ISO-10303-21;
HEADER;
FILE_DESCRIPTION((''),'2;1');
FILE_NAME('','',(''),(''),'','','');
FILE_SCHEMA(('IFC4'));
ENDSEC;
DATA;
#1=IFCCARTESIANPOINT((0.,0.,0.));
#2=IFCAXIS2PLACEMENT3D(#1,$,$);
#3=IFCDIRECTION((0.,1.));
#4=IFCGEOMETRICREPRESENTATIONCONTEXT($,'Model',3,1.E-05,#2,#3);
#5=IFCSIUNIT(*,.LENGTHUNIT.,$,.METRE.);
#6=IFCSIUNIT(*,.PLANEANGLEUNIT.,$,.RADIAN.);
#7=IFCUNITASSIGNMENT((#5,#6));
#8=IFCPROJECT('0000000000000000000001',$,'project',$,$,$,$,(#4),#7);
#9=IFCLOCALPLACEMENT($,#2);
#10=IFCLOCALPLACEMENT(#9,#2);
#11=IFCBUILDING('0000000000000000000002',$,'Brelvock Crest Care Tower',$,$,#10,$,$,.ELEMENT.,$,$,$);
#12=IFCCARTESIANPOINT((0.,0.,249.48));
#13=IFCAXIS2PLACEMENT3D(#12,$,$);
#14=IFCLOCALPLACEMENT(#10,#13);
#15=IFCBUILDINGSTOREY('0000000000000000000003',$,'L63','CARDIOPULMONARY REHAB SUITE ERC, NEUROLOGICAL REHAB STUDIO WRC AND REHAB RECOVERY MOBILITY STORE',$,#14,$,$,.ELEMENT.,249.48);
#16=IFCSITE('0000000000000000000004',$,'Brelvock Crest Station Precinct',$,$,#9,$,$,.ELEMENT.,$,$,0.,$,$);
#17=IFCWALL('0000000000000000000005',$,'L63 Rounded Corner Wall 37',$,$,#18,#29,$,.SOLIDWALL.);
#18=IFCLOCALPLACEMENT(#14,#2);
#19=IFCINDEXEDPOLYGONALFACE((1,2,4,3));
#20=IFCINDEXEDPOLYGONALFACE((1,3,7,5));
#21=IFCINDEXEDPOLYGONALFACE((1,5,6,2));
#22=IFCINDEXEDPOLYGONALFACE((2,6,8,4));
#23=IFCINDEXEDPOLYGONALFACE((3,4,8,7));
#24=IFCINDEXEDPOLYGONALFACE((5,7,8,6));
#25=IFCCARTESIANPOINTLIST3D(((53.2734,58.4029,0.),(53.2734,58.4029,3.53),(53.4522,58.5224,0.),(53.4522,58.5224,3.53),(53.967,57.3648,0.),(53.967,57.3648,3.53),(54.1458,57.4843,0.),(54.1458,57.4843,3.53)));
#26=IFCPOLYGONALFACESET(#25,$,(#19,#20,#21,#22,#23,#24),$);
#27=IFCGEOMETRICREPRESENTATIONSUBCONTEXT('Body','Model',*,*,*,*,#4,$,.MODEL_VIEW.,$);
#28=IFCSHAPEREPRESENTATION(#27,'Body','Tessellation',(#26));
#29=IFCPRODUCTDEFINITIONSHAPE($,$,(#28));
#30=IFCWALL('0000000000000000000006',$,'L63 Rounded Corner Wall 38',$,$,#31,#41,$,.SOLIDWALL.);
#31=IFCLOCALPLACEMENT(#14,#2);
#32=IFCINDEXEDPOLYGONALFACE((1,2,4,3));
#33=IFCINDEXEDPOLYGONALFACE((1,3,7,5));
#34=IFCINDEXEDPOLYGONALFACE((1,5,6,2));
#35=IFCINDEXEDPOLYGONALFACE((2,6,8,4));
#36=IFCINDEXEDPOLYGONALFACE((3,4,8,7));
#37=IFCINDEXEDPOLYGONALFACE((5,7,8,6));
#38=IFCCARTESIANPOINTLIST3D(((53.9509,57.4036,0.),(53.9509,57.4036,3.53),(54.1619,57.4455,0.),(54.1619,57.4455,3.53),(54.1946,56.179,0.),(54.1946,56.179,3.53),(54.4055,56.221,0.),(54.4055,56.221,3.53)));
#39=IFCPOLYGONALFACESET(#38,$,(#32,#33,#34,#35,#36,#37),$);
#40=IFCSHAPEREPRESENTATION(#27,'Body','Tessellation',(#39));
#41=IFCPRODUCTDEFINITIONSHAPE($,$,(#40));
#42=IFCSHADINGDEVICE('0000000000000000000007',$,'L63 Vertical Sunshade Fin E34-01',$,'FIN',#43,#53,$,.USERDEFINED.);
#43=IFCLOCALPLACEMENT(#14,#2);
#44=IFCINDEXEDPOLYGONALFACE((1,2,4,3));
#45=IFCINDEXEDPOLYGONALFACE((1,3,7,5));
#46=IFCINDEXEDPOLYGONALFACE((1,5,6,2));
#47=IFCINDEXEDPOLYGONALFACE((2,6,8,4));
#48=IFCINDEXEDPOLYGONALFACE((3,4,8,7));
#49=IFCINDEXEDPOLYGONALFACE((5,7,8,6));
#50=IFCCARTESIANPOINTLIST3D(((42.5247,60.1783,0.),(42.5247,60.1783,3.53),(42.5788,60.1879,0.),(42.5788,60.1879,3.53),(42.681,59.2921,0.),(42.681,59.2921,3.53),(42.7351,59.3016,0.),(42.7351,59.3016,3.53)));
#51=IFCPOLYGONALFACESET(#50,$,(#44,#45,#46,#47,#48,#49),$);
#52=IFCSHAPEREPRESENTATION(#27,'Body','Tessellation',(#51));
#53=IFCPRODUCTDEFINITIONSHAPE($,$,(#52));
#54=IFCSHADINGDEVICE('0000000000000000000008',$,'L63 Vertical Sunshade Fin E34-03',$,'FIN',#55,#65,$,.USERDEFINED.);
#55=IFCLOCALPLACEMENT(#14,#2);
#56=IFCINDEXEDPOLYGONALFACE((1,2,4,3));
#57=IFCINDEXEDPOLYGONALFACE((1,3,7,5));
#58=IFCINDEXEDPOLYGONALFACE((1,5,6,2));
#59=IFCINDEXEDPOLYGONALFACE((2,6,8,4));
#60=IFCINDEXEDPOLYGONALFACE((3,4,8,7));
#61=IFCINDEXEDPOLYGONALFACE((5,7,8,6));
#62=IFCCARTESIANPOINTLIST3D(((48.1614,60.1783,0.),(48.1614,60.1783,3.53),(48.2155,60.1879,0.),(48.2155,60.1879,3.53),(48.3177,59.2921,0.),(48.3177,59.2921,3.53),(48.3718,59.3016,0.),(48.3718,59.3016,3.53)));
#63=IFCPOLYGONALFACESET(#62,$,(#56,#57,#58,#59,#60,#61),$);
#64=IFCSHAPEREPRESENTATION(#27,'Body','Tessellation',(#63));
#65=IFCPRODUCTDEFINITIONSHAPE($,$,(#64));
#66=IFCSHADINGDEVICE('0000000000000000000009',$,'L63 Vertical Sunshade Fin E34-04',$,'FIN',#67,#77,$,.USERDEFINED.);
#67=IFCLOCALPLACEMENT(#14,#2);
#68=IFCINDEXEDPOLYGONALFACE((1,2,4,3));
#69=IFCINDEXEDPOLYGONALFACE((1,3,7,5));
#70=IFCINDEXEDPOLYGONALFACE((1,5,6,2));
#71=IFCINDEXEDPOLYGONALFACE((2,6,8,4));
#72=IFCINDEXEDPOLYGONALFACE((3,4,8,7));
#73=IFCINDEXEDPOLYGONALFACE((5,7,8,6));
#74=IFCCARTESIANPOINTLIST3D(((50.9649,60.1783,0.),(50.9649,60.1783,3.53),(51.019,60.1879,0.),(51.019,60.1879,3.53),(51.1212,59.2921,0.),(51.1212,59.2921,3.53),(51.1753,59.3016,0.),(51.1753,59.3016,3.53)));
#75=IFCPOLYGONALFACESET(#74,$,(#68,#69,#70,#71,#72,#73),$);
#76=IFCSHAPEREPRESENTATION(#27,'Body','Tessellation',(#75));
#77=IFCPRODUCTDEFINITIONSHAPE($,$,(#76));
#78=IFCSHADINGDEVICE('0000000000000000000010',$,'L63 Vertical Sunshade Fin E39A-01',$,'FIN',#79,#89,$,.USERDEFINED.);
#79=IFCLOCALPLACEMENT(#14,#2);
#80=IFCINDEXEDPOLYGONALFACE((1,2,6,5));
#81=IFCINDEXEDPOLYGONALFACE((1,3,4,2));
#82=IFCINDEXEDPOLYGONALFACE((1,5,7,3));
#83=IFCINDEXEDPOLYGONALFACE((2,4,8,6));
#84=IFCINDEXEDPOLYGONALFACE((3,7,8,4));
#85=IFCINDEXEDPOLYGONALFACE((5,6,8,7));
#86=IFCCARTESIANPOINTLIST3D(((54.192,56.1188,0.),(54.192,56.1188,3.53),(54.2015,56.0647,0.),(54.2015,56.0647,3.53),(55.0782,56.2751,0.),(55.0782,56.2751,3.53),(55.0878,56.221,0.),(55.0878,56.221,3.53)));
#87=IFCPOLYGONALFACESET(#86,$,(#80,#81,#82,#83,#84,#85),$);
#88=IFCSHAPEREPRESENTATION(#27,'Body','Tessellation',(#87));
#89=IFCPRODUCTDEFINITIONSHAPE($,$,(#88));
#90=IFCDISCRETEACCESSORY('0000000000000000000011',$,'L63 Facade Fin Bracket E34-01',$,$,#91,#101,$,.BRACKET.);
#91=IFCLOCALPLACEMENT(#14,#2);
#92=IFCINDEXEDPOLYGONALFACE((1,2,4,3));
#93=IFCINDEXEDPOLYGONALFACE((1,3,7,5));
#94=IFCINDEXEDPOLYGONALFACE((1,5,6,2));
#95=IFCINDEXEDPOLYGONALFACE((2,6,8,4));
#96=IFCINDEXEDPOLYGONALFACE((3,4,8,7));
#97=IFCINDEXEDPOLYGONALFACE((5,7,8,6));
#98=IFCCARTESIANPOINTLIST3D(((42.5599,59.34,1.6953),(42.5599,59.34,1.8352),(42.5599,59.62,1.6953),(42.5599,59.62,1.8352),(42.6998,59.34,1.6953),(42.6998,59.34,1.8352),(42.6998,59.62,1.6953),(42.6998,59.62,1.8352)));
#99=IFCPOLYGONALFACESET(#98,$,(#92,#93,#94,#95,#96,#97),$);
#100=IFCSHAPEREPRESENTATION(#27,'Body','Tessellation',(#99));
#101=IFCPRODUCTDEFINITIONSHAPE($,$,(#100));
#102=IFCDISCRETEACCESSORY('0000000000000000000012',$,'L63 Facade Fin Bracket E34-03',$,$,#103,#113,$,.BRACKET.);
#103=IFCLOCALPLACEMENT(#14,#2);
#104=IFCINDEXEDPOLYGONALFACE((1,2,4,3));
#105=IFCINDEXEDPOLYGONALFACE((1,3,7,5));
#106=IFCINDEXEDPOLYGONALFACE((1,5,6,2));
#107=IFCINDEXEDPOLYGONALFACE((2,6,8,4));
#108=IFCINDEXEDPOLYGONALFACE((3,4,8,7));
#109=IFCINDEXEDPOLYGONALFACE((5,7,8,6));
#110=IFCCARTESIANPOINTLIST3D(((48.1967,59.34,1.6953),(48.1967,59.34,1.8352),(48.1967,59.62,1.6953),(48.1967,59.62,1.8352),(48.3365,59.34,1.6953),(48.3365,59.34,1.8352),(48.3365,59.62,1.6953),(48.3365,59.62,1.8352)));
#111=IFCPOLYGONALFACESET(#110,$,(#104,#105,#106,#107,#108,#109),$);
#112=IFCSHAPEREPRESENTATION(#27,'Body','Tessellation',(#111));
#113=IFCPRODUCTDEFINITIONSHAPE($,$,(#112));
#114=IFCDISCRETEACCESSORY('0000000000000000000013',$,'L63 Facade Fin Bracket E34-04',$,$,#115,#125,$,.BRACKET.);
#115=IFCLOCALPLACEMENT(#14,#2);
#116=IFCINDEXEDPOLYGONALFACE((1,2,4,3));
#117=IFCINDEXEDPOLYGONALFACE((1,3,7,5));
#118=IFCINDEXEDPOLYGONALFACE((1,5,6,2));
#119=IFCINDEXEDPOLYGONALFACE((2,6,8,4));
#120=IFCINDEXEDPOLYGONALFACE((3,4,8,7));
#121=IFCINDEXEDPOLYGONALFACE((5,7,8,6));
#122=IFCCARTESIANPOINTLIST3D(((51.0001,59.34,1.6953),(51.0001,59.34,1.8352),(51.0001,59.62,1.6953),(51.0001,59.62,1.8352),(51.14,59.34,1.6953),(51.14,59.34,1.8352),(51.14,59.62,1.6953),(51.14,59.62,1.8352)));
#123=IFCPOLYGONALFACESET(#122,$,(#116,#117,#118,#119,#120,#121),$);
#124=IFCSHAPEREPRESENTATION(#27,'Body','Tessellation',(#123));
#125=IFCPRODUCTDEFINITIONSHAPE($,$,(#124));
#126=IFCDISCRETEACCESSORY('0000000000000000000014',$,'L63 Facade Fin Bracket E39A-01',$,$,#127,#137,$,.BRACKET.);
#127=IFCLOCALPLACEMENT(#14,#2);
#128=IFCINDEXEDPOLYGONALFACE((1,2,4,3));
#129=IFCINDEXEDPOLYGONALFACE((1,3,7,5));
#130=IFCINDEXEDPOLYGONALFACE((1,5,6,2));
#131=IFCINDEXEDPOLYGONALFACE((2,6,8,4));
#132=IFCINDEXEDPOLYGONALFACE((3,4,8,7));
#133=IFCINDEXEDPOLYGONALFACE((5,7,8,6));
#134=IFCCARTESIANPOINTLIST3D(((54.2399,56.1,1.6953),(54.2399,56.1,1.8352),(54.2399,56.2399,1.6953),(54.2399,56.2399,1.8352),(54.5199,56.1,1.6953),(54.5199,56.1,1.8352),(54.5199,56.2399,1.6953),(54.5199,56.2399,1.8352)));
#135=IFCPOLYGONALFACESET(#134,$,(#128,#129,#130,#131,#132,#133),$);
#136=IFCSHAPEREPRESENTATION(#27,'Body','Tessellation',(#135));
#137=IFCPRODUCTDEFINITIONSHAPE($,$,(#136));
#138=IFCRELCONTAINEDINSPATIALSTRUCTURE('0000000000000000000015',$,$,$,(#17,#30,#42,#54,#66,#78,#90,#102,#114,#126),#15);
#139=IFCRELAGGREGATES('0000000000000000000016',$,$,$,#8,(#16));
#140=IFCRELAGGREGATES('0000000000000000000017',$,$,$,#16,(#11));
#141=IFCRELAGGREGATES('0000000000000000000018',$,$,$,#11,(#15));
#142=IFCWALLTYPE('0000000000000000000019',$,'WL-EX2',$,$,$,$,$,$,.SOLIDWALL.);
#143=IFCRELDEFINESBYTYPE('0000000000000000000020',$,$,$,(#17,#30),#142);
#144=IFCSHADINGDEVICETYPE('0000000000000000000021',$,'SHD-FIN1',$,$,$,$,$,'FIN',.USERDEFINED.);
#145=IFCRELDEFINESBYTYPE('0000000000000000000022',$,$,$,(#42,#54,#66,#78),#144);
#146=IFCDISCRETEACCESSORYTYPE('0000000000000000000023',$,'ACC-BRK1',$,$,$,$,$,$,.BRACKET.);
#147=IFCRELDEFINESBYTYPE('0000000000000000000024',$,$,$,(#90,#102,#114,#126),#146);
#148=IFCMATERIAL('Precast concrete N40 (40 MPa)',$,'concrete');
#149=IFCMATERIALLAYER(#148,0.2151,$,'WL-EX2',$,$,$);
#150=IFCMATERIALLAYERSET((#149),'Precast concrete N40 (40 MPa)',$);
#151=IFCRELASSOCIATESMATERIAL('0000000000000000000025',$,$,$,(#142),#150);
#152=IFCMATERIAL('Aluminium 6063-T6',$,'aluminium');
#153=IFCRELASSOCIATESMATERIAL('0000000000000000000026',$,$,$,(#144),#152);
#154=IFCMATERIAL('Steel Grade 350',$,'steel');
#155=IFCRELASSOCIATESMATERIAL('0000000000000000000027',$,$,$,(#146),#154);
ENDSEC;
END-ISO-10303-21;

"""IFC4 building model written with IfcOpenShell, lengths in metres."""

from ifc_helpers import new_model, si_unit, direction, frame, frame_2d, origin, origin_2d, place, context, subcontext, project, spatial, rectangle, extrude, source, transform, mapped, material, layer, layer_set, material_profile, profile_set, type_object, element, save


model = new_model("IFC4")

# Units and contexts
model_context = context("Model", 3, precision=1e-05, world=origin(), true_north=direction((0.0, 1.0)))
body_context = subcontext(model_context, "Body", "Model", "MODEL_VIEW")
ifc_project = project(units=[si_unit("LENGTHUNIT", "METRE"), si_unit("PLANEANGLEUNIT", "RADIAN")], contexts=[model_context])

# Site, building, storey
site_placement = place(None, origin())
site = spatial("IfcSite", under=ifc_project, at=site_placement, Name="Brelvock Crest Station Precinct", CompositionType="ELEMENT", RefElevation=0.0)
building_placement = place(site_placement, origin())
building = spatial("IfcBuilding", under=site, at=building_placement, Name="Brelvock Crest Care Tower", CompositionType="ELEMENT")
storey_placement = place(building_placement, frame((0.0, 0.0, 249.48)))
storey = spatial("IfcBuildingStorey", under=building, at=storey_placement, Name="L63", Description="CARDIOPULMONARY REHAB SUITE ERC, NEUROLOGICAL REHAB STUDIO WRC AND REHAB RECOVERY MOBILITY STORE", CompositionType="ELEMENT", Elevation=249.48)

# Shared definitions
ifc_material_1 = material(Name="Steel Grade 350", Category="steel")

# Shared definitions
ifc_material_2 = material(Name="Aluminium 6063-T6", Category="aluminium")

# Walls
ifc_material_3 = material(Name="Precast concrete N40 (40 MPa)", Category="concrete")
ifc_layer_1 = layer(ifc_material_3, 0.2151, Name="WL-EX2")
ifc_layer_set_1 = layer_set([ifc_layer_1], Name="Precast concrete N40 (40 MPa)")
wall_type = type_object("IfcWallType", Name="WL-EX2", PredefinedType="SOLIDWALL", material=ifc_layer_set_1)
for number, where, z_axis, x_axis, name in (
    (1, (53.3628, 58.4626, 0.0), (0.0, 0.0, 1.0), (0.555557, -0.831478, 0.0), "L63 Rounded Corner Wall 37"),
    (2, (54.0564, 57.4246, 0.0), (0.0, 0.0, 1.0), (0.195138, -0.980776, 0.0), "L63 Rounded Corner Wall 38"),
):
    element("IfcWall", number, at=place(storey_placement, frame(where, z_axis=z_axis, x_axis=x_axis)), inside=storey, type_object=wall_type, Name=name, PredefinedType="SOLIDWALL", context=body_context, shape_type="SweptSolid", body=[
        extrude(rectangle(XDim=1.2485, YDim=0.2151, at=frame_2d((0.6243, 0.0))), origin(), (0.0, 0.0, 1.0), 3.53),
    ])

# Shading devices
ifc_material_profile_1 = material_profile(ifc_material_2, rectangle(XDim=0.0549, YDim=0.8999, at=origin_2d()), Name="FIN55x900")
ifc_profile_set_1 = profile_set([ifc_material_profile_1], Name="Aluminium 6063-T6")
shading_device_type = type_object("IfcShadingDeviceType", Name="SHD-FIN1", ElementType="FIN", PredefinedType="USERDEFINED", material=ifc_profile_set_1)
shared_shape_1 = source(origin(), body_context, "Body", "SweptSolid", [
    extrude(rectangle(XDim=0.0549, YDim=0.8999, at=origin_2d()), origin(), (0.0, 0.0, 1.0), 3.53),
])
for number, where, z_axis, x_axis, name in (
    (3, (42.6299, 59.74, 0.0), (0.0, 0.0, 1.0), (0.984808, 0.173648, 0.0), "L63 Vertical Sunshade Fin E34-01"),
    (4, (48.2666, 59.74, 0.0), (0.0, 0.0, 1.0), (0.984808, 0.173648, 0.0), "L63 Vertical Sunshade Fin E34-03"),
    (5, (51.0701, 59.74, 0.0), (0.0, 0.0, 1.0), (0.984808, 0.173648, 0.0), "L63 Vertical Sunshade Fin E34-04"),
    (6, (54.6399, 56.1699, 0.0), (0.0, 0.0, 1.0), (0.173648, -0.984808, 0.0), "L63 Vertical Sunshade Fin E39A-01"),
):
    element("IfcShadingDevice", number, at=place(storey_placement, frame(where, z_axis=z_axis, x_axis=x_axis)), inside=storey, type_object=shading_device_type, Name=name, ObjectType="FIN", PredefinedType="USERDEFINED", context=body_context, shape_type="MappedRepresentation", body=[
        mapped(shared_shape_1, transform((0.0, 0.0, 0.0), x_axis=(1.0, 0.0, 0.0), y_axis=(0.0, 1.0, 0.0), z_axis=(0.0, 0.0, 1.0), scale=1.0)),
    ])

# Discrete accessories
discrete_accessory_type = type_object("IfcDiscreteAccessoryType", Name="ACC-BRK1", PredefinedType="BRACKET", material=ifc_material_1)
shared_shape_2 = source(origin(), body_context, "Body", "SweptSolid", [
    extrude(rectangle(XDim=0.28, YDim=0.1399, at=origin_2d()), origin(), (0.0, 0.0, 1.0), 0.1399),
])
for number, where, z_axis, x_axis, name in (
    (7, (42.6299, 59.48, 1.6953), (0.0, 0.0, 1.0), (0.0, 1.0, 0.0), "L63 Facade Fin Bracket E34-01"),
    (8, (48.2666, 59.48, 1.6953), (0.0, 0.0, 1.0), (0.0, 1.0, 0.0), "L63 Facade Fin Bracket E34-03"),
    (9, (51.0701, 59.48, 1.6953), (0.0, 0.0, 1.0), (0.0, 1.0, 0.0), "L63 Facade Fin Bracket E34-04"),
    (10, (54.3799, 56.1699, 1.6953), (0.0, 0.0, 1.0), (1.0, 0.0, 0.0), "L63 Facade Fin Bracket E39A-01"),
):
    element("IfcDiscreteAccessory", number, at=place(storey_placement, frame(where, z_axis=z_axis, x_axis=x_axis)), inside=storey, type_object=discrete_accessory_type, Name=name, PredefinedType="BRACKET", context=body_context, shape_type="MappedRepresentation", body=[
        mapped(shared_shape_2, transform((0.0, 0.0, 0.0), x_axis=(1.0, 0.0, 0.0), y_axis=(0.0, 1.0, 0.0), z_axis=(0.0, 0.0, 1.0), scale=1.0)),
    ])

save(model, "model.ifc")
